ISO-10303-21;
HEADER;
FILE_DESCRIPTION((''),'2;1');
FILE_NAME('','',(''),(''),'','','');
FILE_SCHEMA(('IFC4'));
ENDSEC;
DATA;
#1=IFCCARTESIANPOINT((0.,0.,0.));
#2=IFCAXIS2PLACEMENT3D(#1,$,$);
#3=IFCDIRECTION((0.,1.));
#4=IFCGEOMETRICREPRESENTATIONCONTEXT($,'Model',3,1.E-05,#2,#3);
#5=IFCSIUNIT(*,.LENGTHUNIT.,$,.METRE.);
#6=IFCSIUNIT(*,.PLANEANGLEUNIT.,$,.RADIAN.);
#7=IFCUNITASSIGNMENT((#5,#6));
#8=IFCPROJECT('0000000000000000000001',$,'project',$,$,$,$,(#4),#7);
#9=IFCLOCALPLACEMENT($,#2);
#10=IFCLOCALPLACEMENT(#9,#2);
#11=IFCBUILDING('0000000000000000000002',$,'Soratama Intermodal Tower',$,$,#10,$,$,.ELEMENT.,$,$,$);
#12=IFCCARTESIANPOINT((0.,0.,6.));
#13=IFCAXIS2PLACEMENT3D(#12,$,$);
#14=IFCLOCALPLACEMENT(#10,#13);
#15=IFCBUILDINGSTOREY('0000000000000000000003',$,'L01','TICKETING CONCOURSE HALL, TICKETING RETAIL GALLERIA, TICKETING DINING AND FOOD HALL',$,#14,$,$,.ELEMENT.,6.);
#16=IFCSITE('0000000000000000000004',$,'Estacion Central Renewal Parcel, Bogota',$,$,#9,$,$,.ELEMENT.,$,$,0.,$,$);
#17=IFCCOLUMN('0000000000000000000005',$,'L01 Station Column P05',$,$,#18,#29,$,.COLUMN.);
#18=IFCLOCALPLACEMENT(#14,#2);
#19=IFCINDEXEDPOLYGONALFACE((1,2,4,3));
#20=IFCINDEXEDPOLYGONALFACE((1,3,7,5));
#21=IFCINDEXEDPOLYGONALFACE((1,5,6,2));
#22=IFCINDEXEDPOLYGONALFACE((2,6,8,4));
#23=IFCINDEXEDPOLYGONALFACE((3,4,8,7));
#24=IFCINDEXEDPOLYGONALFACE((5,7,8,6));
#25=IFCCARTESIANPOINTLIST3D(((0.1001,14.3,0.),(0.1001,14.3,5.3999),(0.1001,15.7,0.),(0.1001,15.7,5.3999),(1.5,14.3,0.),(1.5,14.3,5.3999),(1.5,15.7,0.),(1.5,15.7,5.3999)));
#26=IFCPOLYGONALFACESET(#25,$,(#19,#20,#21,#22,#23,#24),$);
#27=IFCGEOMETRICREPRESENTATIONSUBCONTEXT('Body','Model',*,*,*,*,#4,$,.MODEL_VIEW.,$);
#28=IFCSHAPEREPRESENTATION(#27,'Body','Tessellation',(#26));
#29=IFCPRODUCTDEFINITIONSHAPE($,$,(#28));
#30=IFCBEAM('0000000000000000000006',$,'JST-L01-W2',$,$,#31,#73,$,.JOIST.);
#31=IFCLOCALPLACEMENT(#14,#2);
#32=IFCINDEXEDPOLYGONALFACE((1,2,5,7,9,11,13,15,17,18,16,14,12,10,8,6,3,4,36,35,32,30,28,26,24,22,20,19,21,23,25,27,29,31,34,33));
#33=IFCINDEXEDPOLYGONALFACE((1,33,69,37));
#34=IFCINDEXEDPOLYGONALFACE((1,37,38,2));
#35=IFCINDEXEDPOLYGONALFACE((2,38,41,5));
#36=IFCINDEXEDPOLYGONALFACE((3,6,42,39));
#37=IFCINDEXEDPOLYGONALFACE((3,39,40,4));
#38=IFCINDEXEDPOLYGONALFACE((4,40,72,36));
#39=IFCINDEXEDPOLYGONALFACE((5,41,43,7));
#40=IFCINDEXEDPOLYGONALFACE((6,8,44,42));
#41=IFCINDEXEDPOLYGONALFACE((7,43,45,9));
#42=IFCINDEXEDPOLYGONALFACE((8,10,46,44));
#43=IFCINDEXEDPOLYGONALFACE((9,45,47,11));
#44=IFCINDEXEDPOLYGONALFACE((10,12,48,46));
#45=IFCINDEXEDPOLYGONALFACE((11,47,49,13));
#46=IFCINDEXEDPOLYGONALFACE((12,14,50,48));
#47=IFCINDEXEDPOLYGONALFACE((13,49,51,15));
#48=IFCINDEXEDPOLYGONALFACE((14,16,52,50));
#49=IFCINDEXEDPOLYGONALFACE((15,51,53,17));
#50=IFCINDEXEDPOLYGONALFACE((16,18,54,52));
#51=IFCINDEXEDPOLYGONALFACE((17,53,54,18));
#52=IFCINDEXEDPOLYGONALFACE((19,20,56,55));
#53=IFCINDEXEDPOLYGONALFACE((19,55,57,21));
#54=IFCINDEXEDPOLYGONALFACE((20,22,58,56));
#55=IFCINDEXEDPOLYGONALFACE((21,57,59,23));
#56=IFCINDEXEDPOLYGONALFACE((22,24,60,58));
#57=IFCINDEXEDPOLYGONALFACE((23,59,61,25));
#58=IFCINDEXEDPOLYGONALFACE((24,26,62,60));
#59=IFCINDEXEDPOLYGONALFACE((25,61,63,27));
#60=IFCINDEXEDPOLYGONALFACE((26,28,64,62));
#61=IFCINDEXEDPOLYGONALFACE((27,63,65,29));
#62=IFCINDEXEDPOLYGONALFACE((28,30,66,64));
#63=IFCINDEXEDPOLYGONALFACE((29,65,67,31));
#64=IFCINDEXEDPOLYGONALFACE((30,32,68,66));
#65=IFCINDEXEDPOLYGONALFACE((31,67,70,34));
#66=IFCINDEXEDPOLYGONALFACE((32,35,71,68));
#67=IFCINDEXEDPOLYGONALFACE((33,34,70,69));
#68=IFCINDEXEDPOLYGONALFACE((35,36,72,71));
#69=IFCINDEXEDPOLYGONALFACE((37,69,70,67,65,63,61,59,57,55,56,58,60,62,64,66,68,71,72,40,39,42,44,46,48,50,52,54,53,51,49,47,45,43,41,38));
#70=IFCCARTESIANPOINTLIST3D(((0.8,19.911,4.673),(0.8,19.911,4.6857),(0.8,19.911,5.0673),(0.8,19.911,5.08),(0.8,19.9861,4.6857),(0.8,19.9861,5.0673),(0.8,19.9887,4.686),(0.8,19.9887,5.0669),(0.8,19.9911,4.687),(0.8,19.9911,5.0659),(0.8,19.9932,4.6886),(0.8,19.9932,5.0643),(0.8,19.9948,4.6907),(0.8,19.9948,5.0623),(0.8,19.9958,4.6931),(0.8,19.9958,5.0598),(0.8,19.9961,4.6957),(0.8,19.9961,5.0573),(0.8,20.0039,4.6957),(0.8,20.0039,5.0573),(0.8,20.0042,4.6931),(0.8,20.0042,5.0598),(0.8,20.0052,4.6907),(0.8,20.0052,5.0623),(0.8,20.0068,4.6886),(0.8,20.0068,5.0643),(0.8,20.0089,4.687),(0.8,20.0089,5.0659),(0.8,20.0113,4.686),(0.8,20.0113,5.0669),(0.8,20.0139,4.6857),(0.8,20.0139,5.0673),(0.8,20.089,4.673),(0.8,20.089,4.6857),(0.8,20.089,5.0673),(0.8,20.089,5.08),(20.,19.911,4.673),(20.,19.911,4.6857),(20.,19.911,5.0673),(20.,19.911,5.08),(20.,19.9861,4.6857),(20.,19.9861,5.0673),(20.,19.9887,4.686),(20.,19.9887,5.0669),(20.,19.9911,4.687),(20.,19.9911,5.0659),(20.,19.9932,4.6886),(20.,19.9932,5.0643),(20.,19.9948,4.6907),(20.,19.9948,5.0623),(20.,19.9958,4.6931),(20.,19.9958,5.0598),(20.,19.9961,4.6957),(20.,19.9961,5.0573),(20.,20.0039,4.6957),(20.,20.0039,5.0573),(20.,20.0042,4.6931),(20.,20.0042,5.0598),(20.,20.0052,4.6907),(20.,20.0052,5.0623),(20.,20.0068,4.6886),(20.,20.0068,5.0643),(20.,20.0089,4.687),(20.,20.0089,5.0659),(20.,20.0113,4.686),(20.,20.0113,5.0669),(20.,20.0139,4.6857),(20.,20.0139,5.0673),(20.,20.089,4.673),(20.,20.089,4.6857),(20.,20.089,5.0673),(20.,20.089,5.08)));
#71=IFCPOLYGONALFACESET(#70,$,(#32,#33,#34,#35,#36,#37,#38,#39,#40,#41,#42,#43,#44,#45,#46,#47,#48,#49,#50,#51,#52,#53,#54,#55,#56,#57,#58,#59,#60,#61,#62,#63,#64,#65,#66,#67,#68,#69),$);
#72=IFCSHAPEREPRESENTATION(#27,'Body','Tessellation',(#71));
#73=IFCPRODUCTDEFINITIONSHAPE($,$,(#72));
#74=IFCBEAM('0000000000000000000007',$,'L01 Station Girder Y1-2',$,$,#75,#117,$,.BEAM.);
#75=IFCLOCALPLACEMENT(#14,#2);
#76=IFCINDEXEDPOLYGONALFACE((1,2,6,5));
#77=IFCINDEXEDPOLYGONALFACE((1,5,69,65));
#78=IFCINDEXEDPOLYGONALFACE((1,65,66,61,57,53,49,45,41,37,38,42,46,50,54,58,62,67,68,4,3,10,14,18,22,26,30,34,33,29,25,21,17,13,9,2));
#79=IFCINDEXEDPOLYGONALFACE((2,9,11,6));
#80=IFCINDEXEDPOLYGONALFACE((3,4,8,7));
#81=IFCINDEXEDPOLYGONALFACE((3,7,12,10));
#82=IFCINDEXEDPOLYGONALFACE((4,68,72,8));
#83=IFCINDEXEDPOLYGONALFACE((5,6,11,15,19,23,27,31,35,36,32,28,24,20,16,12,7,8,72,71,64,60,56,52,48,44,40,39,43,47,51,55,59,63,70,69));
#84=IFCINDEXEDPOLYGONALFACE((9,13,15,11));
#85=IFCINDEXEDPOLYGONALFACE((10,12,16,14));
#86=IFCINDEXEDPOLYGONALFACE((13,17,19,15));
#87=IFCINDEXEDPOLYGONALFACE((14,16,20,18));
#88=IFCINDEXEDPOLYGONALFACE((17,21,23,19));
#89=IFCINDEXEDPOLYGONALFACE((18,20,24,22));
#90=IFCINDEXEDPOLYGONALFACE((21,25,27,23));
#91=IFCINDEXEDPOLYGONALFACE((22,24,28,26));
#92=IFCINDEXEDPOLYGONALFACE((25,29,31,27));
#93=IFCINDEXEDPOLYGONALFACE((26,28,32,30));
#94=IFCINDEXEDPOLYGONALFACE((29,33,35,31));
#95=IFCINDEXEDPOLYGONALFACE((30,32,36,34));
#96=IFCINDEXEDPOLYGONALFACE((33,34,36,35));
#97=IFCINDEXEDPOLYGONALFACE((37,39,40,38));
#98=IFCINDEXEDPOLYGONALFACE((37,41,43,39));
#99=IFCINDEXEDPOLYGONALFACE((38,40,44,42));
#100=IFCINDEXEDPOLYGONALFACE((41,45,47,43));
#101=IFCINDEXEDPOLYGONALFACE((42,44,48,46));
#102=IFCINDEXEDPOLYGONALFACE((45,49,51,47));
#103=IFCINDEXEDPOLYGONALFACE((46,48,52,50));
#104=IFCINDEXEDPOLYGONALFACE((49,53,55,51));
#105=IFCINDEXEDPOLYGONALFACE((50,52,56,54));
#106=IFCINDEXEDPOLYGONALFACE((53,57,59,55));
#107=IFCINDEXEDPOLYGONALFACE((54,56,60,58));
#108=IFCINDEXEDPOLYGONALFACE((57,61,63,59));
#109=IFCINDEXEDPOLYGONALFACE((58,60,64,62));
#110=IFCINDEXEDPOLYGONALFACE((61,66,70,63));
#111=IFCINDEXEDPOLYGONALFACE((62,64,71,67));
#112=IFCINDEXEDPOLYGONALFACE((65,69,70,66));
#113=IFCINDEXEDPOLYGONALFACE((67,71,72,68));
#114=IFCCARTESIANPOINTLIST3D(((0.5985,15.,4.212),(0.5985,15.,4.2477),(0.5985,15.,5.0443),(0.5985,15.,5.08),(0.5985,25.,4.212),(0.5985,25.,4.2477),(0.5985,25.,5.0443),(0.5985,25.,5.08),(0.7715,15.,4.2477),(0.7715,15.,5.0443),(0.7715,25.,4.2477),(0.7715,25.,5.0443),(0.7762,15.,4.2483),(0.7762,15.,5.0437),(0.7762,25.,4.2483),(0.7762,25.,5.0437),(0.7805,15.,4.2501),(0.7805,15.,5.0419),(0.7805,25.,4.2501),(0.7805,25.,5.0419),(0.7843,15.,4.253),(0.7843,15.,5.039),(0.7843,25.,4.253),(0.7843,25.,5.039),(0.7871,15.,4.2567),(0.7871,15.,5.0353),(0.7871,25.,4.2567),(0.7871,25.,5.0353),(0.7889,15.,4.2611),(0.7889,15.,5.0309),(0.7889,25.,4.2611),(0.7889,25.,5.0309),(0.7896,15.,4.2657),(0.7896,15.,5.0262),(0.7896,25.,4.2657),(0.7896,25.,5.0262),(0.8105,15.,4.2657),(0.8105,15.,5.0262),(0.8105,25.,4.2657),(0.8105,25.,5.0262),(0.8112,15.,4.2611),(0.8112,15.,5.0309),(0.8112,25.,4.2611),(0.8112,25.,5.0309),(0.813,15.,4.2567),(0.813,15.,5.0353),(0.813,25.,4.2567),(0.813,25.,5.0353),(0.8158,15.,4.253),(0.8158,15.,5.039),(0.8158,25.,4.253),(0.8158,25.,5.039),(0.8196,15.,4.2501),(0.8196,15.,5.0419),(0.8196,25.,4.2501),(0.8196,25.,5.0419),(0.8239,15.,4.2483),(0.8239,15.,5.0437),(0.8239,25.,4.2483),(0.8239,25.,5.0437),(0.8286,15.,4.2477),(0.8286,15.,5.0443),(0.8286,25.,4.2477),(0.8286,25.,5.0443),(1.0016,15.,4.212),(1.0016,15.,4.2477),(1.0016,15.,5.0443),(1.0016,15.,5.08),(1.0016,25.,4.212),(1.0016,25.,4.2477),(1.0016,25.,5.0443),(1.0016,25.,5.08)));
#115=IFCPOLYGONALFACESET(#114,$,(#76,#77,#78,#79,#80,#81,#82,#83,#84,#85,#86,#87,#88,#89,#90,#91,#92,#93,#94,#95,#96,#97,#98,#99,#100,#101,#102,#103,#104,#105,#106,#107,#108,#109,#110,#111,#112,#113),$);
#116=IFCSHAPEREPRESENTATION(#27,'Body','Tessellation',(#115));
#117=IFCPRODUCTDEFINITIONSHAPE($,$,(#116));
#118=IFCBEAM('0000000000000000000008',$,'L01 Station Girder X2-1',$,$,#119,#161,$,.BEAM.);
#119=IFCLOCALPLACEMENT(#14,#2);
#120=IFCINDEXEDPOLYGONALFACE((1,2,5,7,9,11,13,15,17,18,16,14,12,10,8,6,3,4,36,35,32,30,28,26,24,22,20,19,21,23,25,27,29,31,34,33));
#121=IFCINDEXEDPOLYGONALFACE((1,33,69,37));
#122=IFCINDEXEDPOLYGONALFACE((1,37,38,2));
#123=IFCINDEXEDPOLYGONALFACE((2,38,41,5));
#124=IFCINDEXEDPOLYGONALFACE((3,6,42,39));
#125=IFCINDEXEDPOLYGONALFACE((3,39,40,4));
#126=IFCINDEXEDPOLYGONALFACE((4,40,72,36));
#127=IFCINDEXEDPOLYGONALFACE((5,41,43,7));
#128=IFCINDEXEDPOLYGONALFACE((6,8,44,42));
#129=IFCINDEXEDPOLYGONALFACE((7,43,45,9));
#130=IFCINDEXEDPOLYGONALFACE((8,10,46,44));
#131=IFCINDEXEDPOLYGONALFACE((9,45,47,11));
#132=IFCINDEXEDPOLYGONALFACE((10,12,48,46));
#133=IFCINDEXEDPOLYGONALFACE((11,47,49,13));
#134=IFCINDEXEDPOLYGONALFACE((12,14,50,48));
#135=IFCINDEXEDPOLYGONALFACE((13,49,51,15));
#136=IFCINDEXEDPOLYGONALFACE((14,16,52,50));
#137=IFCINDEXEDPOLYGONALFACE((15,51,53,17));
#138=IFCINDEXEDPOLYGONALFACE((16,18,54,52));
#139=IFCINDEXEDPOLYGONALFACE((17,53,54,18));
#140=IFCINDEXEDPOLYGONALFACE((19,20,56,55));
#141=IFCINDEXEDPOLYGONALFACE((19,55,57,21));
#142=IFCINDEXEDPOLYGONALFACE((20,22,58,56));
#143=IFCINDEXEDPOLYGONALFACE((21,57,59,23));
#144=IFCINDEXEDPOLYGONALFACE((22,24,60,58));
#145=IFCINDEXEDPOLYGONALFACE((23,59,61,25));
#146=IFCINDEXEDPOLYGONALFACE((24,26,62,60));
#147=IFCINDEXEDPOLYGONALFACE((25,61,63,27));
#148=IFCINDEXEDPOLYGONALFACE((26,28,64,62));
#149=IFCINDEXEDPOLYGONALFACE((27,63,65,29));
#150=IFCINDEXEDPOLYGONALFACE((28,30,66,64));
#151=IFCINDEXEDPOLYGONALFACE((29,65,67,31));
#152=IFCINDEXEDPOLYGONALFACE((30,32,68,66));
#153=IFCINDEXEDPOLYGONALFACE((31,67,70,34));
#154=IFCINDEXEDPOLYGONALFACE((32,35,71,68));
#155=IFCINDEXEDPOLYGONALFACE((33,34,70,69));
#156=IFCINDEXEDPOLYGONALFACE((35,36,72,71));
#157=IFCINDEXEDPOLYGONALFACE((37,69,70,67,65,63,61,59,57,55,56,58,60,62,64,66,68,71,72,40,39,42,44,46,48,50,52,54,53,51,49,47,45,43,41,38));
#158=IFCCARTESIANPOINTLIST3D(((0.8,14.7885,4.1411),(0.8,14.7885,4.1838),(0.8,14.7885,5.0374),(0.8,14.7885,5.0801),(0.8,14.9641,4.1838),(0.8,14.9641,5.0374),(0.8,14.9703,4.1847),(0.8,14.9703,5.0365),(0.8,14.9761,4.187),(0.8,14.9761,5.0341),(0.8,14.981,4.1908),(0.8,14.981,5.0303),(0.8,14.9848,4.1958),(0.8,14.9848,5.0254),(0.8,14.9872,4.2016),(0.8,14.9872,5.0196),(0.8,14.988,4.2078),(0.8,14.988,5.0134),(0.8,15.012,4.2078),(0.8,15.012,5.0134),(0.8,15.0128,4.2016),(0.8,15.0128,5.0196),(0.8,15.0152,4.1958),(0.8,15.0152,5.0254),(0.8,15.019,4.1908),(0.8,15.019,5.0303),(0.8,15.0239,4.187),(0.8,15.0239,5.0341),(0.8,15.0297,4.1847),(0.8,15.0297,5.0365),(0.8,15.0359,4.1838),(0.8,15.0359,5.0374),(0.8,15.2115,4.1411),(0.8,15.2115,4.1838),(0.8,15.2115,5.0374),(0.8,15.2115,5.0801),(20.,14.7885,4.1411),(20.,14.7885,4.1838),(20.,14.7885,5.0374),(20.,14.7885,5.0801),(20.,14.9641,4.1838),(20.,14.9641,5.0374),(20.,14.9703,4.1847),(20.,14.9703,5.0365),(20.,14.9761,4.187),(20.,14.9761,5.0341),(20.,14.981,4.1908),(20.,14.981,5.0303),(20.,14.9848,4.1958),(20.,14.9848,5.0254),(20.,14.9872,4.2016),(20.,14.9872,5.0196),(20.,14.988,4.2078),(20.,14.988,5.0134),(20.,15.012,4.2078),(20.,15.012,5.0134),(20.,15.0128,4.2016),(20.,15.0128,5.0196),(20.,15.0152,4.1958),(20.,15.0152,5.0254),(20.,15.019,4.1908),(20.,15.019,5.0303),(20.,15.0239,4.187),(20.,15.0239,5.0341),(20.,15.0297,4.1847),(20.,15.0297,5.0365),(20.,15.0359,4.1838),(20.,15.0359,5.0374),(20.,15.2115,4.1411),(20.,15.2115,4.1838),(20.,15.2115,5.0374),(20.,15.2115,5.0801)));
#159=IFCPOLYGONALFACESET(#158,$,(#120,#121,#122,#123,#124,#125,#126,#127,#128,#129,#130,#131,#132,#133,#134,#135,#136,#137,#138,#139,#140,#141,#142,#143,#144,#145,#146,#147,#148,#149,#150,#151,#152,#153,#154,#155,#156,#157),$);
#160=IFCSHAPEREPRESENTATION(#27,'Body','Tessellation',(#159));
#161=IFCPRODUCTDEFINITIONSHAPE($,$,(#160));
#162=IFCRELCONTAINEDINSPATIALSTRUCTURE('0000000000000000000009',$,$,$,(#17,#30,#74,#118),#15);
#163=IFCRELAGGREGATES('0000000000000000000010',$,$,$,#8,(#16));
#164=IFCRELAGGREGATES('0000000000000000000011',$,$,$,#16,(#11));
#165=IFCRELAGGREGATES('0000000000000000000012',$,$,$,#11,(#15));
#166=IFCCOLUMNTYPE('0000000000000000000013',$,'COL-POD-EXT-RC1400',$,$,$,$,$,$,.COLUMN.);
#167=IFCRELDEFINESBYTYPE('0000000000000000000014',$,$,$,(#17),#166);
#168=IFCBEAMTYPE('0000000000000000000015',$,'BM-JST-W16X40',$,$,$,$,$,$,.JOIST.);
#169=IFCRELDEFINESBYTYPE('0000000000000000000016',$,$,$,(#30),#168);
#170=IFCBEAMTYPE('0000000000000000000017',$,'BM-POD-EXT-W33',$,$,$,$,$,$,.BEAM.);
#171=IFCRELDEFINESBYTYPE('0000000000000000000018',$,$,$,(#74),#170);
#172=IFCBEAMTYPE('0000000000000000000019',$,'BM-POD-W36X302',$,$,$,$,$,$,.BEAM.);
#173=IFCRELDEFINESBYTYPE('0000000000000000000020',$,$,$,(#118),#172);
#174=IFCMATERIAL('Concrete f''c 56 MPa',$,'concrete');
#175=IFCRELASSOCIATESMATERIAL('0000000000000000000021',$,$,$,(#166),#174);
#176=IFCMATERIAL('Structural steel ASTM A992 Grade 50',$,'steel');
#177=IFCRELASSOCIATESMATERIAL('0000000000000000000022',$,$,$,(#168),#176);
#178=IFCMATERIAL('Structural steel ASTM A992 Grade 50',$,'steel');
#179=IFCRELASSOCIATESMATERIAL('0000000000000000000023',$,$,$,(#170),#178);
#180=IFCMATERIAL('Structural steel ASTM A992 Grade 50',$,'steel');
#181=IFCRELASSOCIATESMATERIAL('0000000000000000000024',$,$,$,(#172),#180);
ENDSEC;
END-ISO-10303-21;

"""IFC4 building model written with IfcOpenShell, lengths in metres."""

from ifc_helpers import new_model, si_unit, direction, frame, origin, origin_2d, place, context, subcontext, project, spatial, rectangle, i_section, extrude, material, material_profile, profile_set, type_object, element, save


model = new_model("IFC4")

# Units and contexts
model_context = context("Model", 3, precision=1e-05, world=origin(), true_north=direction((0.0, 1.0)))
body_context = subcontext(model_context, "Body", "Model", "MODEL_VIEW")
ifc_project = project(units=[si_unit("LENGTHUNIT", "METRE"), si_unit("PLANEANGLEUNIT", "RADIAN")], contexts=[model_context])

# Site, building, storey
site_placement = place(None, origin())
site = spatial("IfcSite", under=ifc_project, at=site_placement, Name="Estacion Central Renewal Parcel, Bogota", CompositionType="ELEMENT", RefElevation=0.0)
building_placement = place(site_placement, origin())
building = spatial("IfcBuilding", under=site, at=building_placement, Name="Soratama Intermodal Tower", CompositionType="ELEMENT")
storey_placement = place(building_placement, frame((0.0, 0.0, 6.0)))
storey = spatial("IfcBuildingStorey", under=building, at=storey_placement, Name="L01", Description="TICKETING CONCOURSE HALL, TICKETING RETAIL GALLERIA, TICKETING DINING AND FOOD HALL", CompositionType="ELEMENT", Elevation=6.0)

# Column
ifc_material_1 = material(Name="Concrete f'c 56 MPa", Category="concrete")
ifc_material_profile_1 = material_profile(ifc_material_1, rectangle(XDim=1.3999, YDim=1.3999, at=origin_2d()), Name="RC1400X1400")
ifc_profile_set_1 = profile_set([ifc_material_profile_1], Name="Concrete f'c 56 MPa")
column_type = type_object("IfcColumnType", Name="COL-POD-EXT-RC1400", PredefinedType="COLUMN", material=ifc_profile_set_1)
column_placement = place(storey_placement, frame((0.8, 15.0, 0.0), z_axis=(0.0, 0.0, 1.0), x_axis=(1.0, 0.0, 0.0)))
element("IfcColumn", 1, at=column_placement, inside=storey, type_object=column_type, Name="L01 Station Column P05", PredefinedType="COLUMN", context=body_context, shape_type="SweptSolid", body=[
    extrude(rectangle(XDim=1.3999, YDim=1.3999, at=origin_2d()), origin(), (0.0, 0.0, 1.0), 5.3999),
])

# Beams
ifc_material_2 = material(Name="Structural steel ASTM A992 Grade 50", Category="steel")
ifc_material_profile_2 = material_profile(ifc_material_2, i_section(OverallWidth=0.178, OverallDepth=0.407, WebThickness=0.0078, FlangeThickness=0.0127, FilletRadius=0.01, at=origin_2d()), Name="W16X40")
ifc_profile_set_2 = profile_set([ifc_material_profile_2], Name="Structural steel ASTM A992 Grade 50")
beam_type_1 = type_object("IfcBeamType", Name="BM-JST-W16X40", PredefinedType="JOIST", material=ifc_profile_set_2)
beam_1_placement = place(storey_placement, frame((0.8, 20.0, 4.8765), z_axis=(1.0, 0.0, 0.0), x_axis=(0.0, 1.0, 0.0)))
element("IfcBeam", 2, at=beam_1_placement, inside=storey, type_object=beam_type_1, Name="JST-L01-W2", PredefinedType="JOIST", context=body_context, shape_type="SweptSolid", body=[
    extrude(i_section(OverallWidth=0.178, OverallDepth=0.407, WebThickness=0.0078, FlangeThickness=0.0127, FilletRadius=0.01, at=origin_2d()), origin(), (0.0, 0.0, 1.0), 19.2),
])
ifc_material_3 = material(Name="Structural steel ASTM A992 Grade 50", Category="steel")
ifc_material_profile_3 = material_profile(ifc_material_3, i_section(OverallWidth=0.4031, OverallDepth=0.8679, WebThickness=0.021, FlangeThickness=0.0356, FilletRadius=0.0181, at=origin_2d()), Name="W33X241")
ifc_profile_set_3 = profile_set([ifc_material_profile_3], Name="Structural steel ASTM A992 Grade 50")
beam_type_2 = type_object("IfcBeamType", Name="BM-POD-EXT-W33", PredefinedType="BEAM", material=ifc_profile_set_3)
beam_2_placement = place(storey_placement, frame((0.8, 15.0, 4.646), z_axis=(0.0, 1.0, 0.0), x_axis=(-1.0, 0.0, 0.0)))
element("IfcBeam", 3, at=beam_2_placement, inside=storey, type_object=beam_type_2, Name="L01 Station Girder Y1-2", PredefinedType="BEAM", context=body_context, shape_type="SweptSolid", body=[
    extrude(i_section(OverallWidth=0.4031, OverallDepth=0.8679, WebThickness=0.021, FlangeThickness=0.0356, FilletRadius=0.0181, at=origin_2d()), origin(), (0.0, 0.0, 1.0), 10.0),
])
ifc_material_4 = material(Name="Structural steel ASTM A992 Grade 50", Category="steel")
ifc_material_profile_4 = material_profile(ifc_material_4, i_section(OverallWidth=0.4231, OverallDepth=0.939, WebThickness=0.0239, FlangeThickness=0.0427, FilletRadius=0.0239, at=origin_2d()), Name="W36X302")
ifc_profile_set_4 = profile_set([ifc_material_profile_4], Name="Structural steel ASTM A992 Grade 50")
beam_type_3 = type_object("IfcBeamType", Name="BM-POD-W36X302", PredefinedType="BEAM", material=ifc_profile_set_4)
beam_3_placement = place(storey_placement, frame((0.8, 15.0, 4.6106), z_axis=(1.0, 0.0, 0.0), x_axis=(0.0, 1.0, 0.0)))
element("IfcBeam", 4, at=beam_3_placement, inside=storey, type_object=beam_type_3, Name="L01 Station Girder X2-1", PredefinedType="BEAM", context=body_context, shape_type="SweptSolid", body=[
    extrude(i_section(OverallWidth=0.4231, OverallDepth=0.939, WebThickness=0.0239, FlangeThickness=0.0427, FilletRadius=0.0239, at=origin_2d()), origin(), (0.0, 0.0, 1.0), 19.2),
])

save(model, "model.ifc")
